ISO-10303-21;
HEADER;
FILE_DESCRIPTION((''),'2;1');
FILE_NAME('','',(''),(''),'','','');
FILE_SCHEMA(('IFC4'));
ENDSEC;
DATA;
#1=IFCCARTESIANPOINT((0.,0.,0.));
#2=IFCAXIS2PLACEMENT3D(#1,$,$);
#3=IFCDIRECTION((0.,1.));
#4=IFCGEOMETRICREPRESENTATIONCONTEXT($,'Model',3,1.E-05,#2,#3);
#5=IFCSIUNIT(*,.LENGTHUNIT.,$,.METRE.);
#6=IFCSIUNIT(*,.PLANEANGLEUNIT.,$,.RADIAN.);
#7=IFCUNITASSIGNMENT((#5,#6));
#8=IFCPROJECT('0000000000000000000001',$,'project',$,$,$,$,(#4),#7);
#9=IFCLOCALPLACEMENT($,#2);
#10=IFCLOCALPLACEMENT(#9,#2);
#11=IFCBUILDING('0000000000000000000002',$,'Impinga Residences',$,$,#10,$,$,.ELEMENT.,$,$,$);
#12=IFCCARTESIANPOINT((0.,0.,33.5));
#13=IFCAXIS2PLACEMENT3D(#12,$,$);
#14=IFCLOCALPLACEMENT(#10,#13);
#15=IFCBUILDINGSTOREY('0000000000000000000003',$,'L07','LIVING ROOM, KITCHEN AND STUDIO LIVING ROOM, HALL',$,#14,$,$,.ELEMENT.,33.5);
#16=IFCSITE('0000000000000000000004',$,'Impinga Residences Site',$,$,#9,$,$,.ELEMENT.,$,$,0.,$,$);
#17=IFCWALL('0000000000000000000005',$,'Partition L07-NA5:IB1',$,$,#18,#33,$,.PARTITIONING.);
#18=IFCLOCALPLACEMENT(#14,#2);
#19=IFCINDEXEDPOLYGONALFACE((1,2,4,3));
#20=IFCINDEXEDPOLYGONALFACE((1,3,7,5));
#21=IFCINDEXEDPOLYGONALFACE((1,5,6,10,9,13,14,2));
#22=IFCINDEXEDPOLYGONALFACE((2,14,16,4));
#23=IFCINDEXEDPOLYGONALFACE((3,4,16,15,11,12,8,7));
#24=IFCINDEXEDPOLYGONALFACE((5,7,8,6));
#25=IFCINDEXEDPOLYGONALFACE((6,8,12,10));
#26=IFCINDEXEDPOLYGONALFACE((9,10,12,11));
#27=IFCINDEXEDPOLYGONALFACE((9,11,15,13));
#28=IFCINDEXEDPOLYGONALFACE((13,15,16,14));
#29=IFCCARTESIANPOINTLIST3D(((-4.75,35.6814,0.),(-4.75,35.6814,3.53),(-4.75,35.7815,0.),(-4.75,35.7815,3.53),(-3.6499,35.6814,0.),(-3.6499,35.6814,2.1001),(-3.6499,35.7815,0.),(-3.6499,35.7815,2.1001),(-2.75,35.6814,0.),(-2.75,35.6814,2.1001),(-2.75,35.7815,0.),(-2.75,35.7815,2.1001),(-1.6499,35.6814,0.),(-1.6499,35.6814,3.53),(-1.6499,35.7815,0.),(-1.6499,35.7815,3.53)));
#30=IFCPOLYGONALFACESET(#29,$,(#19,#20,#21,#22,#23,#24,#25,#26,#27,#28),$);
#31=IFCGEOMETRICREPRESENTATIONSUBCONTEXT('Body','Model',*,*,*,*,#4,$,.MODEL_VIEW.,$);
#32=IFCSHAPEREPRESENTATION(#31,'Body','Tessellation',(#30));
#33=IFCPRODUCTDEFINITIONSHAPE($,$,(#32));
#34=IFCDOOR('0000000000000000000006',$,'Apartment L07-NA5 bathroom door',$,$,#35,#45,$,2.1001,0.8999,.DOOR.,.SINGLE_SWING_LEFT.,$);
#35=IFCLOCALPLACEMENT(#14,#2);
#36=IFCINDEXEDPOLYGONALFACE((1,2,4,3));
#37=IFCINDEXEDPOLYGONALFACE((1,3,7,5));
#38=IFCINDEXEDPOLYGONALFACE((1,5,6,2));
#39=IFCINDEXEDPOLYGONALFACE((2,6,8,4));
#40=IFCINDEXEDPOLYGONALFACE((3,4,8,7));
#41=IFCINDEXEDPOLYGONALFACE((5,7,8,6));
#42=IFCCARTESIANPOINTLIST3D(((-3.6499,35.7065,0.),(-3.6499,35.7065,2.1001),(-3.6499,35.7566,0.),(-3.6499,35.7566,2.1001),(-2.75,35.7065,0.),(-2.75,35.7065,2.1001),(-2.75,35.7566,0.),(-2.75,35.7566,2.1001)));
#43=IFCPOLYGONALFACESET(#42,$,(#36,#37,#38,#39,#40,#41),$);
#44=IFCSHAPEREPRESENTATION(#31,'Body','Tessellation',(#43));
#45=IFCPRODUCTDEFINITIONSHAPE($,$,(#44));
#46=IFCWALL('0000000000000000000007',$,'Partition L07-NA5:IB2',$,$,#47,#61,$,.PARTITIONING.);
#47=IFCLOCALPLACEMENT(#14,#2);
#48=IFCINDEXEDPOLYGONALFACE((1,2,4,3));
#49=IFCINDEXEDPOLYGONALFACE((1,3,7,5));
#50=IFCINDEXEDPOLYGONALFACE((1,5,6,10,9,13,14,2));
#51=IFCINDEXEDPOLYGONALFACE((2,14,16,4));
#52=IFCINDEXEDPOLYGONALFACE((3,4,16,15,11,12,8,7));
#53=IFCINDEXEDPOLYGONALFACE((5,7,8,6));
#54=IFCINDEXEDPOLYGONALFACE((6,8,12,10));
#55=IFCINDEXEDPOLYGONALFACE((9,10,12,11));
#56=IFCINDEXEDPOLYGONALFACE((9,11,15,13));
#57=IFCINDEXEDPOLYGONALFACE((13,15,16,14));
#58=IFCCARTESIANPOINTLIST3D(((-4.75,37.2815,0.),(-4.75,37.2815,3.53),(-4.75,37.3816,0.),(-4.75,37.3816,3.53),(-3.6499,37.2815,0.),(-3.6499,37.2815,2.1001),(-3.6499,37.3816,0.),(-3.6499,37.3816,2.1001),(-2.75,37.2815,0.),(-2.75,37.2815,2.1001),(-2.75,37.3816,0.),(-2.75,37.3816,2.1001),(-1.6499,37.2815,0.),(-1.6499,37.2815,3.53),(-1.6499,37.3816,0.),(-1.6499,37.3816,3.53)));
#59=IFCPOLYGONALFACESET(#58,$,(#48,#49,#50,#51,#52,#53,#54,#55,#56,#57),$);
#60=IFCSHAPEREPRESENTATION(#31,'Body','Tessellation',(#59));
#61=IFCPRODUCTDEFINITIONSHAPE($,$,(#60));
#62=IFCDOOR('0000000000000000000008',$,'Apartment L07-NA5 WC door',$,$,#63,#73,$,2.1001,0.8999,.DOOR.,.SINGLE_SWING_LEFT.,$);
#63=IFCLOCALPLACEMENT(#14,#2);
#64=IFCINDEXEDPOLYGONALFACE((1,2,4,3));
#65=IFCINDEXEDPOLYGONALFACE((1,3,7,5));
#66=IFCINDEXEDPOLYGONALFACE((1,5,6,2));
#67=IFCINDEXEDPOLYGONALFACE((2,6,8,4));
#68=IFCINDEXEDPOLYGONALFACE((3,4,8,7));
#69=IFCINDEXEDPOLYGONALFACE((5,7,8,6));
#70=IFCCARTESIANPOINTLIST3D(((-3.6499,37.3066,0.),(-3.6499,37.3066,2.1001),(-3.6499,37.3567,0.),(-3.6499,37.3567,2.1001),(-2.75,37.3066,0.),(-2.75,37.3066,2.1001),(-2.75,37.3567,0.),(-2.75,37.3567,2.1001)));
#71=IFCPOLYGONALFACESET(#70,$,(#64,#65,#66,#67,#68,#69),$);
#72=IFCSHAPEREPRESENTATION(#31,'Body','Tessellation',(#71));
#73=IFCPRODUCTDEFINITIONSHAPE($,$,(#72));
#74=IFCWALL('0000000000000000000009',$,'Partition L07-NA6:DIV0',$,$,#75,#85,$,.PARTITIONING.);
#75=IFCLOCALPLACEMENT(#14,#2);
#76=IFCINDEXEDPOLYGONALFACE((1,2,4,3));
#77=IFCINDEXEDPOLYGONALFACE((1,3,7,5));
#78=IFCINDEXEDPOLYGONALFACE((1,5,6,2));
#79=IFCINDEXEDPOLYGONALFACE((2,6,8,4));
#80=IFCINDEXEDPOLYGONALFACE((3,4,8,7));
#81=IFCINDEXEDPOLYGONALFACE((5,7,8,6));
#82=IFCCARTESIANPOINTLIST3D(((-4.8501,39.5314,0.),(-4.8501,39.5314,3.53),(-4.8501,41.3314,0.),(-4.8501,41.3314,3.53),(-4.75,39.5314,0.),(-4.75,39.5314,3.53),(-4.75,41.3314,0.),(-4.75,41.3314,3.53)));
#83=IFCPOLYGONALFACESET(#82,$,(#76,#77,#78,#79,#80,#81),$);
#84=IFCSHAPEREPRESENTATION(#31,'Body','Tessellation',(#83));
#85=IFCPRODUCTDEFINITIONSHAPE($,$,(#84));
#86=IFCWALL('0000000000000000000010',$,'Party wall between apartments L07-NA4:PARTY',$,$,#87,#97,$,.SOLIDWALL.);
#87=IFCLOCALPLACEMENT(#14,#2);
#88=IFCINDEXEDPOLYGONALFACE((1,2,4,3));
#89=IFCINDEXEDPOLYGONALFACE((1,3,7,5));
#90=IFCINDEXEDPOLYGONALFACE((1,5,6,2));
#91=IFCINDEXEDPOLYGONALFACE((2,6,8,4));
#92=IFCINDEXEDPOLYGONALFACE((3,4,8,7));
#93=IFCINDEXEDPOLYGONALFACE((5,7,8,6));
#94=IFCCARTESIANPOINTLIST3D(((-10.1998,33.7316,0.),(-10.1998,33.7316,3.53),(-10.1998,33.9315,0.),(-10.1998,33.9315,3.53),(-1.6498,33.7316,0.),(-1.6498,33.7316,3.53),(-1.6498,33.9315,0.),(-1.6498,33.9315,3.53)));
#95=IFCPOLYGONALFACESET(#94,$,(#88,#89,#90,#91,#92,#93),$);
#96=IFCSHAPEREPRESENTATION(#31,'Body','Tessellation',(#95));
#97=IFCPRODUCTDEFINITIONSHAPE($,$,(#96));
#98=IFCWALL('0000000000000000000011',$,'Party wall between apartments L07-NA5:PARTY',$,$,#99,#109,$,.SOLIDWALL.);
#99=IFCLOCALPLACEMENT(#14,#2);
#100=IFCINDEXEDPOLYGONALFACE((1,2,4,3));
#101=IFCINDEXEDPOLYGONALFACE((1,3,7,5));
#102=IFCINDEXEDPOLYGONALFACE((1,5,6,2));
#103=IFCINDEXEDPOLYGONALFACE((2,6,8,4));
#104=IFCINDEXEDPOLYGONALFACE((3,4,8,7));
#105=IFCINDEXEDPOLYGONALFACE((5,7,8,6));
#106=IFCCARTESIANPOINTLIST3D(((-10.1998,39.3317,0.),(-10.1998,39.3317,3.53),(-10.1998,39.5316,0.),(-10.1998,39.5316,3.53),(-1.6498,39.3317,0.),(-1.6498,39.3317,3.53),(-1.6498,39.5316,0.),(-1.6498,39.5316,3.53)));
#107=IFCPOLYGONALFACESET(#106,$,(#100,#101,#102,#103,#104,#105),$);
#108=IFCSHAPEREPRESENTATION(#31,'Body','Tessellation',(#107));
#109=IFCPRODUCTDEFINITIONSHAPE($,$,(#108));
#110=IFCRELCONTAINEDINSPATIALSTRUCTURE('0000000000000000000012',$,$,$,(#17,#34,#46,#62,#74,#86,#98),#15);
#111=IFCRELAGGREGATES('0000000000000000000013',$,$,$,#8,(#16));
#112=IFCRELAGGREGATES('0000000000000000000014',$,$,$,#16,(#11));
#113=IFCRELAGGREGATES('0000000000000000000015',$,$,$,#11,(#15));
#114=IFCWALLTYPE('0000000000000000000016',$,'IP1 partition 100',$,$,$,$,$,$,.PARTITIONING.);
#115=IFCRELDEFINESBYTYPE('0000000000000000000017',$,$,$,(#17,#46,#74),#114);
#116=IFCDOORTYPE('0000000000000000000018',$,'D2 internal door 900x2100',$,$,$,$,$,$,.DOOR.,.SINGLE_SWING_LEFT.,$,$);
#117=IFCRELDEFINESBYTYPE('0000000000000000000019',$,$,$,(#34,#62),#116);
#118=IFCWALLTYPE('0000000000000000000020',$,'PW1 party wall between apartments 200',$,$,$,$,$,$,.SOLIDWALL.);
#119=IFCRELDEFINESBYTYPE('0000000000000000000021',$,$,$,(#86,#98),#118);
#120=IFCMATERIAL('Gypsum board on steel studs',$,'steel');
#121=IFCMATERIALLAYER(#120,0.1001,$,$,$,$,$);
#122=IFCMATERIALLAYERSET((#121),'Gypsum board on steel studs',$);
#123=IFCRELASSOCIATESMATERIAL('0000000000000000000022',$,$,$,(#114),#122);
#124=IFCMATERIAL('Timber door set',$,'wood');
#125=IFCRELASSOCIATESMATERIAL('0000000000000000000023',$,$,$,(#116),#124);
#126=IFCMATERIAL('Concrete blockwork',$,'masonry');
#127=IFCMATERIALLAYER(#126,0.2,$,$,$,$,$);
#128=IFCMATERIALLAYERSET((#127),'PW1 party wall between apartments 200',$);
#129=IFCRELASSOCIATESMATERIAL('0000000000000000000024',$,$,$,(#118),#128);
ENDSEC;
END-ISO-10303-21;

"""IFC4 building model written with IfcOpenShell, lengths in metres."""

from ifc_helpers import new_model, si_unit, direction, frame, frame_2d, origin, place, context, subcontext, project, spatial, rectangle, extrude, material, layer, layer_set, type_object, element, fill, save


model = new_model("IFC4")

# Units and contexts
model_context = context("Model", 3, precision=1e-05, world=origin(), true_north=direction((0.0, 1.0)))
body_context = subcontext(model_context, "Body", "Model", "MODEL_VIEW")
ifc_project = project(units=[si_unit("LENGTHUNIT", "METRE"), si_unit("PLANEANGLEUNIT", "RADIAN")], contexts=[model_context])

# Site, building, storey
site_placement = place(None, origin())
site = spatial("IfcSite", under=ifc_project, at=site_placement, Name="Impinga Residences Site", CompositionType="ELEMENT", RefElevation=0.0)
building_placement = place(site_placement, origin())
building = spatial("IfcBuilding", under=site, at=building_placement, Name="Impinga Residences", CompositionType="ELEMENT")
storey_placement = place(building_placement, frame((0.0, 0.0, 33.5)))
storey = spatial("IfcBuildingStorey", under=building, at=storey_placement, Name="L07", Description="LIVING ROOM, KITCHEN AND STUDIO LIVING ROOM, HALL", CompositionType="ELEMENT", Elevation=33.5)

# Shared definitions
ifc_material_1 = material(Name="Gypsum board on steel studs", Category="steel")
ifc_layer_1 = layer(ifc_material_1, 0.1001)
ifc_layer_set_1 = layer_set([ifc_layer_1], Name="Gypsum board on steel studs")
wall_type_1 = type_object("IfcWallType", Name="IP1 partition 100", PredefinedType="PARTITIONING", material=ifc_layer_set_1)
ifc_material_2 = material(Name="Timber door set", Category="wood")
door_type = type_object("IfcDoorType", Name="D2 internal door 900x2100", OperationType="SINGLE_SWING_LEFT", PredefinedType="DOOR", material=ifc_material_2)

# Walls, openings, doors
wall_1_placement = place(storey_placement, frame((-1.6499, 35.7314, 0.0), z_axis=(0.0, 0.0, 1.0), x_axis=(-1.0, 0.0, 0.0)))
wall_1 = element("IfcWall", 1, at=wall_1_placement, inside=storey, type_object=wall_type_1, Name="Partition L07-NA5:IB1", PredefinedType="PARTITIONING", context=body_context, shape_type="SweptSolid", body=[
    extrude(rectangle(XDim=3.1001, YDim=0.1001, at=frame_2d((1.55, 0.0))), origin(), (0.0, 0.0, 1.0), 3.53),
])
opening_1_placement = place(wall_1_placement, frame((1.1001, 0.0, 0.0)))
opening_1 = element("IfcOpeningElement", 2, at=opening_1_placement, cuts=wall_1, PredefinedType="OPENING", context=body_context, shape_type="SweptSolid", body=[
    extrude(rectangle(XDim=0.8999, YDim=2.1001, at=frame_2d((0.45, 1.05))), frame((0.0, 0.0601, 0.0), z_axis=(0.0, -1.0, 0.0), x_axis=(1.0, 0.0, 0.0)), (0.0, 0.0, 1.0), 0.1201),
])
door_1_placement = place(opening_1_placement, origin())
door_1 = element("IfcDoor", 3, at=door_1_placement, inside=storey, type_object=door_type, Name="Apartment L07-NA5 bathroom door", OperationType="SINGLE_SWING_LEFT", OverallHeight=2.1001, OverallWidth=0.8999, PredefinedType="DOOR", context=body_context, shape_type="SweptSolid", body=[
    extrude(rectangle(XDim=0.8999, YDim=2.1001, at=frame_2d((0.45, 1.05))), frame((0.0, 0.0249, 0.0), z_axis=(0.0, -1.0, 0.0), x_axis=(1.0, 0.0, 0.0)), (0.0, 0.0, 1.0), 0.05),
])
fill(opening_1, door_1)
wall_2_placement = place(storey_placement, frame((-1.6499, 37.3315, 0.0), z_axis=(0.0, 0.0, 1.0), x_axis=(-1.0, 0.0, 0.0)))
wall_2 = element("IfcWall", 4, at=wall_2_placement, inside=storey, type_object=wall_type_1, Name="Partition L07-NA5:IB2", PredefinedType="PARTITIONING", context=body_context, shape_type="SweptSolid", body=[
    extrude(rectangle(XDim=3.1001, YDim=0.1001, at=frame_2d((1.55, 0.0))), origin(), (0.0, 0.0, 1.0), 3.53),
])
opening_2_placement = place(wall_2_placement, frame((1.1001, 0.0, 0.0)))
opening_2 = element("IfcOpeningElement", 5, at=opening_2_placement, cuts=wall_2, PredefinedType="OPENING", context=body_context, shape_type="SweptSolid", body=[
    extrude(rectangle(XDim=0.8999, YDim=2.1001, at=frame_2d((0.45, 1.05))), frame((0.0, 0.0601, 0.0), z_axis=(0.0, -1.0, 0.0), x_axis=(1.0, 0.0, 0.0)), (0.0, 0.0, 1.0), 0.1201),
])
door_2_placement = place(opening_2_placement, origin())
door_2 = element("IfcDoor", 6, at=door_2_placement, inside=storey, type_object=door_type, Name="Apartment L07-NA5 WC door", OperationType="SINGLE_SWING_LEFT", OverallHeight=2.1001, OverallWidth=0.8999, PredefinedType="DOOR", context=body_context, shape_type="SweptSolid", body=[
    extrude(rectangle(XDim=0.8999, YDim=2.1001, at=frame_2d((0.45, 1.05))), frame((0.0, 0.0249, 0.0), z_axis=(0.0, -1.0, 0.0), x_axis=(1.0, 0.0, 0.0)), (0.0, 0.0, 1.0), 0.05),
])
fill(opening_2, door_2)

# Walls
wall_3_placement = place(storey_placement, frame((-4.8, 39.5315, 0.0), z_axis=(0.0, 0.0, 1.0), x_axis=(0.0, 1.0, 0.0)))
element("IfcWall", 7, at=wall_3_placement, inside=storey, type_object=wall_type_1, Name="Partition L07-NA6:DIV0", PredefinedType="PARTITIONING", context=body_context, shape_type="SweptSolid", body=[
    extrude(rectangle(XDim=1.8, YDim=0.1001, at=frame_2d((0.8999, 0.0))), origin(), (0.0, 0.0, 1.0), 3.53),
])
ifc_material_3 = material(Name="Concrete blockwork", Category="masonry")
ifc_layer_2 = layer(ifc_material_3, 0.2)
ifc_layer_set_2 = layer_set([ifc_layer_2], Name="PW1 party wall between apartments 200")
wall_type_2 = type_object("IfcWallType", Name="PW1 party wall between apartments 200", PredefinedType="SOLIDWALL", material=ifc_layer_set_2)
for number, where, z_axis, x_axis, name in (
    (8, (-1.6499, 33.8315, 0.0), (0.0, 0.0, 1.0), (-1.0, 0.0, 0.0), "Party wall between apartments L07-NA4:PARTY"),
    (9, (-1.6499, 39.4316, 0.0), (0.0, 0.0, 1.0), (-1.0, 0.0, 0.0), "Party wall between apartments L07-NA5:PARTY"),
):
    element("IfcWall", number, at=place(storey_placement, frame(where, z_axis=z_axis, x_axis=x_axis)), inside=storey, type_object=wall_type_2, Name=name, PredefinedType="SOLIDWALL", context=body_context, shape_type="SweptSolid", body=[
        extrude(rectangle(XDim=8.55, YDim=0.2, at=frame_2d((4.2749, 0.0))), origin(), (0.0, 0.0, 1.0), 3.53),
    ])

save(model, "model.ifc")
